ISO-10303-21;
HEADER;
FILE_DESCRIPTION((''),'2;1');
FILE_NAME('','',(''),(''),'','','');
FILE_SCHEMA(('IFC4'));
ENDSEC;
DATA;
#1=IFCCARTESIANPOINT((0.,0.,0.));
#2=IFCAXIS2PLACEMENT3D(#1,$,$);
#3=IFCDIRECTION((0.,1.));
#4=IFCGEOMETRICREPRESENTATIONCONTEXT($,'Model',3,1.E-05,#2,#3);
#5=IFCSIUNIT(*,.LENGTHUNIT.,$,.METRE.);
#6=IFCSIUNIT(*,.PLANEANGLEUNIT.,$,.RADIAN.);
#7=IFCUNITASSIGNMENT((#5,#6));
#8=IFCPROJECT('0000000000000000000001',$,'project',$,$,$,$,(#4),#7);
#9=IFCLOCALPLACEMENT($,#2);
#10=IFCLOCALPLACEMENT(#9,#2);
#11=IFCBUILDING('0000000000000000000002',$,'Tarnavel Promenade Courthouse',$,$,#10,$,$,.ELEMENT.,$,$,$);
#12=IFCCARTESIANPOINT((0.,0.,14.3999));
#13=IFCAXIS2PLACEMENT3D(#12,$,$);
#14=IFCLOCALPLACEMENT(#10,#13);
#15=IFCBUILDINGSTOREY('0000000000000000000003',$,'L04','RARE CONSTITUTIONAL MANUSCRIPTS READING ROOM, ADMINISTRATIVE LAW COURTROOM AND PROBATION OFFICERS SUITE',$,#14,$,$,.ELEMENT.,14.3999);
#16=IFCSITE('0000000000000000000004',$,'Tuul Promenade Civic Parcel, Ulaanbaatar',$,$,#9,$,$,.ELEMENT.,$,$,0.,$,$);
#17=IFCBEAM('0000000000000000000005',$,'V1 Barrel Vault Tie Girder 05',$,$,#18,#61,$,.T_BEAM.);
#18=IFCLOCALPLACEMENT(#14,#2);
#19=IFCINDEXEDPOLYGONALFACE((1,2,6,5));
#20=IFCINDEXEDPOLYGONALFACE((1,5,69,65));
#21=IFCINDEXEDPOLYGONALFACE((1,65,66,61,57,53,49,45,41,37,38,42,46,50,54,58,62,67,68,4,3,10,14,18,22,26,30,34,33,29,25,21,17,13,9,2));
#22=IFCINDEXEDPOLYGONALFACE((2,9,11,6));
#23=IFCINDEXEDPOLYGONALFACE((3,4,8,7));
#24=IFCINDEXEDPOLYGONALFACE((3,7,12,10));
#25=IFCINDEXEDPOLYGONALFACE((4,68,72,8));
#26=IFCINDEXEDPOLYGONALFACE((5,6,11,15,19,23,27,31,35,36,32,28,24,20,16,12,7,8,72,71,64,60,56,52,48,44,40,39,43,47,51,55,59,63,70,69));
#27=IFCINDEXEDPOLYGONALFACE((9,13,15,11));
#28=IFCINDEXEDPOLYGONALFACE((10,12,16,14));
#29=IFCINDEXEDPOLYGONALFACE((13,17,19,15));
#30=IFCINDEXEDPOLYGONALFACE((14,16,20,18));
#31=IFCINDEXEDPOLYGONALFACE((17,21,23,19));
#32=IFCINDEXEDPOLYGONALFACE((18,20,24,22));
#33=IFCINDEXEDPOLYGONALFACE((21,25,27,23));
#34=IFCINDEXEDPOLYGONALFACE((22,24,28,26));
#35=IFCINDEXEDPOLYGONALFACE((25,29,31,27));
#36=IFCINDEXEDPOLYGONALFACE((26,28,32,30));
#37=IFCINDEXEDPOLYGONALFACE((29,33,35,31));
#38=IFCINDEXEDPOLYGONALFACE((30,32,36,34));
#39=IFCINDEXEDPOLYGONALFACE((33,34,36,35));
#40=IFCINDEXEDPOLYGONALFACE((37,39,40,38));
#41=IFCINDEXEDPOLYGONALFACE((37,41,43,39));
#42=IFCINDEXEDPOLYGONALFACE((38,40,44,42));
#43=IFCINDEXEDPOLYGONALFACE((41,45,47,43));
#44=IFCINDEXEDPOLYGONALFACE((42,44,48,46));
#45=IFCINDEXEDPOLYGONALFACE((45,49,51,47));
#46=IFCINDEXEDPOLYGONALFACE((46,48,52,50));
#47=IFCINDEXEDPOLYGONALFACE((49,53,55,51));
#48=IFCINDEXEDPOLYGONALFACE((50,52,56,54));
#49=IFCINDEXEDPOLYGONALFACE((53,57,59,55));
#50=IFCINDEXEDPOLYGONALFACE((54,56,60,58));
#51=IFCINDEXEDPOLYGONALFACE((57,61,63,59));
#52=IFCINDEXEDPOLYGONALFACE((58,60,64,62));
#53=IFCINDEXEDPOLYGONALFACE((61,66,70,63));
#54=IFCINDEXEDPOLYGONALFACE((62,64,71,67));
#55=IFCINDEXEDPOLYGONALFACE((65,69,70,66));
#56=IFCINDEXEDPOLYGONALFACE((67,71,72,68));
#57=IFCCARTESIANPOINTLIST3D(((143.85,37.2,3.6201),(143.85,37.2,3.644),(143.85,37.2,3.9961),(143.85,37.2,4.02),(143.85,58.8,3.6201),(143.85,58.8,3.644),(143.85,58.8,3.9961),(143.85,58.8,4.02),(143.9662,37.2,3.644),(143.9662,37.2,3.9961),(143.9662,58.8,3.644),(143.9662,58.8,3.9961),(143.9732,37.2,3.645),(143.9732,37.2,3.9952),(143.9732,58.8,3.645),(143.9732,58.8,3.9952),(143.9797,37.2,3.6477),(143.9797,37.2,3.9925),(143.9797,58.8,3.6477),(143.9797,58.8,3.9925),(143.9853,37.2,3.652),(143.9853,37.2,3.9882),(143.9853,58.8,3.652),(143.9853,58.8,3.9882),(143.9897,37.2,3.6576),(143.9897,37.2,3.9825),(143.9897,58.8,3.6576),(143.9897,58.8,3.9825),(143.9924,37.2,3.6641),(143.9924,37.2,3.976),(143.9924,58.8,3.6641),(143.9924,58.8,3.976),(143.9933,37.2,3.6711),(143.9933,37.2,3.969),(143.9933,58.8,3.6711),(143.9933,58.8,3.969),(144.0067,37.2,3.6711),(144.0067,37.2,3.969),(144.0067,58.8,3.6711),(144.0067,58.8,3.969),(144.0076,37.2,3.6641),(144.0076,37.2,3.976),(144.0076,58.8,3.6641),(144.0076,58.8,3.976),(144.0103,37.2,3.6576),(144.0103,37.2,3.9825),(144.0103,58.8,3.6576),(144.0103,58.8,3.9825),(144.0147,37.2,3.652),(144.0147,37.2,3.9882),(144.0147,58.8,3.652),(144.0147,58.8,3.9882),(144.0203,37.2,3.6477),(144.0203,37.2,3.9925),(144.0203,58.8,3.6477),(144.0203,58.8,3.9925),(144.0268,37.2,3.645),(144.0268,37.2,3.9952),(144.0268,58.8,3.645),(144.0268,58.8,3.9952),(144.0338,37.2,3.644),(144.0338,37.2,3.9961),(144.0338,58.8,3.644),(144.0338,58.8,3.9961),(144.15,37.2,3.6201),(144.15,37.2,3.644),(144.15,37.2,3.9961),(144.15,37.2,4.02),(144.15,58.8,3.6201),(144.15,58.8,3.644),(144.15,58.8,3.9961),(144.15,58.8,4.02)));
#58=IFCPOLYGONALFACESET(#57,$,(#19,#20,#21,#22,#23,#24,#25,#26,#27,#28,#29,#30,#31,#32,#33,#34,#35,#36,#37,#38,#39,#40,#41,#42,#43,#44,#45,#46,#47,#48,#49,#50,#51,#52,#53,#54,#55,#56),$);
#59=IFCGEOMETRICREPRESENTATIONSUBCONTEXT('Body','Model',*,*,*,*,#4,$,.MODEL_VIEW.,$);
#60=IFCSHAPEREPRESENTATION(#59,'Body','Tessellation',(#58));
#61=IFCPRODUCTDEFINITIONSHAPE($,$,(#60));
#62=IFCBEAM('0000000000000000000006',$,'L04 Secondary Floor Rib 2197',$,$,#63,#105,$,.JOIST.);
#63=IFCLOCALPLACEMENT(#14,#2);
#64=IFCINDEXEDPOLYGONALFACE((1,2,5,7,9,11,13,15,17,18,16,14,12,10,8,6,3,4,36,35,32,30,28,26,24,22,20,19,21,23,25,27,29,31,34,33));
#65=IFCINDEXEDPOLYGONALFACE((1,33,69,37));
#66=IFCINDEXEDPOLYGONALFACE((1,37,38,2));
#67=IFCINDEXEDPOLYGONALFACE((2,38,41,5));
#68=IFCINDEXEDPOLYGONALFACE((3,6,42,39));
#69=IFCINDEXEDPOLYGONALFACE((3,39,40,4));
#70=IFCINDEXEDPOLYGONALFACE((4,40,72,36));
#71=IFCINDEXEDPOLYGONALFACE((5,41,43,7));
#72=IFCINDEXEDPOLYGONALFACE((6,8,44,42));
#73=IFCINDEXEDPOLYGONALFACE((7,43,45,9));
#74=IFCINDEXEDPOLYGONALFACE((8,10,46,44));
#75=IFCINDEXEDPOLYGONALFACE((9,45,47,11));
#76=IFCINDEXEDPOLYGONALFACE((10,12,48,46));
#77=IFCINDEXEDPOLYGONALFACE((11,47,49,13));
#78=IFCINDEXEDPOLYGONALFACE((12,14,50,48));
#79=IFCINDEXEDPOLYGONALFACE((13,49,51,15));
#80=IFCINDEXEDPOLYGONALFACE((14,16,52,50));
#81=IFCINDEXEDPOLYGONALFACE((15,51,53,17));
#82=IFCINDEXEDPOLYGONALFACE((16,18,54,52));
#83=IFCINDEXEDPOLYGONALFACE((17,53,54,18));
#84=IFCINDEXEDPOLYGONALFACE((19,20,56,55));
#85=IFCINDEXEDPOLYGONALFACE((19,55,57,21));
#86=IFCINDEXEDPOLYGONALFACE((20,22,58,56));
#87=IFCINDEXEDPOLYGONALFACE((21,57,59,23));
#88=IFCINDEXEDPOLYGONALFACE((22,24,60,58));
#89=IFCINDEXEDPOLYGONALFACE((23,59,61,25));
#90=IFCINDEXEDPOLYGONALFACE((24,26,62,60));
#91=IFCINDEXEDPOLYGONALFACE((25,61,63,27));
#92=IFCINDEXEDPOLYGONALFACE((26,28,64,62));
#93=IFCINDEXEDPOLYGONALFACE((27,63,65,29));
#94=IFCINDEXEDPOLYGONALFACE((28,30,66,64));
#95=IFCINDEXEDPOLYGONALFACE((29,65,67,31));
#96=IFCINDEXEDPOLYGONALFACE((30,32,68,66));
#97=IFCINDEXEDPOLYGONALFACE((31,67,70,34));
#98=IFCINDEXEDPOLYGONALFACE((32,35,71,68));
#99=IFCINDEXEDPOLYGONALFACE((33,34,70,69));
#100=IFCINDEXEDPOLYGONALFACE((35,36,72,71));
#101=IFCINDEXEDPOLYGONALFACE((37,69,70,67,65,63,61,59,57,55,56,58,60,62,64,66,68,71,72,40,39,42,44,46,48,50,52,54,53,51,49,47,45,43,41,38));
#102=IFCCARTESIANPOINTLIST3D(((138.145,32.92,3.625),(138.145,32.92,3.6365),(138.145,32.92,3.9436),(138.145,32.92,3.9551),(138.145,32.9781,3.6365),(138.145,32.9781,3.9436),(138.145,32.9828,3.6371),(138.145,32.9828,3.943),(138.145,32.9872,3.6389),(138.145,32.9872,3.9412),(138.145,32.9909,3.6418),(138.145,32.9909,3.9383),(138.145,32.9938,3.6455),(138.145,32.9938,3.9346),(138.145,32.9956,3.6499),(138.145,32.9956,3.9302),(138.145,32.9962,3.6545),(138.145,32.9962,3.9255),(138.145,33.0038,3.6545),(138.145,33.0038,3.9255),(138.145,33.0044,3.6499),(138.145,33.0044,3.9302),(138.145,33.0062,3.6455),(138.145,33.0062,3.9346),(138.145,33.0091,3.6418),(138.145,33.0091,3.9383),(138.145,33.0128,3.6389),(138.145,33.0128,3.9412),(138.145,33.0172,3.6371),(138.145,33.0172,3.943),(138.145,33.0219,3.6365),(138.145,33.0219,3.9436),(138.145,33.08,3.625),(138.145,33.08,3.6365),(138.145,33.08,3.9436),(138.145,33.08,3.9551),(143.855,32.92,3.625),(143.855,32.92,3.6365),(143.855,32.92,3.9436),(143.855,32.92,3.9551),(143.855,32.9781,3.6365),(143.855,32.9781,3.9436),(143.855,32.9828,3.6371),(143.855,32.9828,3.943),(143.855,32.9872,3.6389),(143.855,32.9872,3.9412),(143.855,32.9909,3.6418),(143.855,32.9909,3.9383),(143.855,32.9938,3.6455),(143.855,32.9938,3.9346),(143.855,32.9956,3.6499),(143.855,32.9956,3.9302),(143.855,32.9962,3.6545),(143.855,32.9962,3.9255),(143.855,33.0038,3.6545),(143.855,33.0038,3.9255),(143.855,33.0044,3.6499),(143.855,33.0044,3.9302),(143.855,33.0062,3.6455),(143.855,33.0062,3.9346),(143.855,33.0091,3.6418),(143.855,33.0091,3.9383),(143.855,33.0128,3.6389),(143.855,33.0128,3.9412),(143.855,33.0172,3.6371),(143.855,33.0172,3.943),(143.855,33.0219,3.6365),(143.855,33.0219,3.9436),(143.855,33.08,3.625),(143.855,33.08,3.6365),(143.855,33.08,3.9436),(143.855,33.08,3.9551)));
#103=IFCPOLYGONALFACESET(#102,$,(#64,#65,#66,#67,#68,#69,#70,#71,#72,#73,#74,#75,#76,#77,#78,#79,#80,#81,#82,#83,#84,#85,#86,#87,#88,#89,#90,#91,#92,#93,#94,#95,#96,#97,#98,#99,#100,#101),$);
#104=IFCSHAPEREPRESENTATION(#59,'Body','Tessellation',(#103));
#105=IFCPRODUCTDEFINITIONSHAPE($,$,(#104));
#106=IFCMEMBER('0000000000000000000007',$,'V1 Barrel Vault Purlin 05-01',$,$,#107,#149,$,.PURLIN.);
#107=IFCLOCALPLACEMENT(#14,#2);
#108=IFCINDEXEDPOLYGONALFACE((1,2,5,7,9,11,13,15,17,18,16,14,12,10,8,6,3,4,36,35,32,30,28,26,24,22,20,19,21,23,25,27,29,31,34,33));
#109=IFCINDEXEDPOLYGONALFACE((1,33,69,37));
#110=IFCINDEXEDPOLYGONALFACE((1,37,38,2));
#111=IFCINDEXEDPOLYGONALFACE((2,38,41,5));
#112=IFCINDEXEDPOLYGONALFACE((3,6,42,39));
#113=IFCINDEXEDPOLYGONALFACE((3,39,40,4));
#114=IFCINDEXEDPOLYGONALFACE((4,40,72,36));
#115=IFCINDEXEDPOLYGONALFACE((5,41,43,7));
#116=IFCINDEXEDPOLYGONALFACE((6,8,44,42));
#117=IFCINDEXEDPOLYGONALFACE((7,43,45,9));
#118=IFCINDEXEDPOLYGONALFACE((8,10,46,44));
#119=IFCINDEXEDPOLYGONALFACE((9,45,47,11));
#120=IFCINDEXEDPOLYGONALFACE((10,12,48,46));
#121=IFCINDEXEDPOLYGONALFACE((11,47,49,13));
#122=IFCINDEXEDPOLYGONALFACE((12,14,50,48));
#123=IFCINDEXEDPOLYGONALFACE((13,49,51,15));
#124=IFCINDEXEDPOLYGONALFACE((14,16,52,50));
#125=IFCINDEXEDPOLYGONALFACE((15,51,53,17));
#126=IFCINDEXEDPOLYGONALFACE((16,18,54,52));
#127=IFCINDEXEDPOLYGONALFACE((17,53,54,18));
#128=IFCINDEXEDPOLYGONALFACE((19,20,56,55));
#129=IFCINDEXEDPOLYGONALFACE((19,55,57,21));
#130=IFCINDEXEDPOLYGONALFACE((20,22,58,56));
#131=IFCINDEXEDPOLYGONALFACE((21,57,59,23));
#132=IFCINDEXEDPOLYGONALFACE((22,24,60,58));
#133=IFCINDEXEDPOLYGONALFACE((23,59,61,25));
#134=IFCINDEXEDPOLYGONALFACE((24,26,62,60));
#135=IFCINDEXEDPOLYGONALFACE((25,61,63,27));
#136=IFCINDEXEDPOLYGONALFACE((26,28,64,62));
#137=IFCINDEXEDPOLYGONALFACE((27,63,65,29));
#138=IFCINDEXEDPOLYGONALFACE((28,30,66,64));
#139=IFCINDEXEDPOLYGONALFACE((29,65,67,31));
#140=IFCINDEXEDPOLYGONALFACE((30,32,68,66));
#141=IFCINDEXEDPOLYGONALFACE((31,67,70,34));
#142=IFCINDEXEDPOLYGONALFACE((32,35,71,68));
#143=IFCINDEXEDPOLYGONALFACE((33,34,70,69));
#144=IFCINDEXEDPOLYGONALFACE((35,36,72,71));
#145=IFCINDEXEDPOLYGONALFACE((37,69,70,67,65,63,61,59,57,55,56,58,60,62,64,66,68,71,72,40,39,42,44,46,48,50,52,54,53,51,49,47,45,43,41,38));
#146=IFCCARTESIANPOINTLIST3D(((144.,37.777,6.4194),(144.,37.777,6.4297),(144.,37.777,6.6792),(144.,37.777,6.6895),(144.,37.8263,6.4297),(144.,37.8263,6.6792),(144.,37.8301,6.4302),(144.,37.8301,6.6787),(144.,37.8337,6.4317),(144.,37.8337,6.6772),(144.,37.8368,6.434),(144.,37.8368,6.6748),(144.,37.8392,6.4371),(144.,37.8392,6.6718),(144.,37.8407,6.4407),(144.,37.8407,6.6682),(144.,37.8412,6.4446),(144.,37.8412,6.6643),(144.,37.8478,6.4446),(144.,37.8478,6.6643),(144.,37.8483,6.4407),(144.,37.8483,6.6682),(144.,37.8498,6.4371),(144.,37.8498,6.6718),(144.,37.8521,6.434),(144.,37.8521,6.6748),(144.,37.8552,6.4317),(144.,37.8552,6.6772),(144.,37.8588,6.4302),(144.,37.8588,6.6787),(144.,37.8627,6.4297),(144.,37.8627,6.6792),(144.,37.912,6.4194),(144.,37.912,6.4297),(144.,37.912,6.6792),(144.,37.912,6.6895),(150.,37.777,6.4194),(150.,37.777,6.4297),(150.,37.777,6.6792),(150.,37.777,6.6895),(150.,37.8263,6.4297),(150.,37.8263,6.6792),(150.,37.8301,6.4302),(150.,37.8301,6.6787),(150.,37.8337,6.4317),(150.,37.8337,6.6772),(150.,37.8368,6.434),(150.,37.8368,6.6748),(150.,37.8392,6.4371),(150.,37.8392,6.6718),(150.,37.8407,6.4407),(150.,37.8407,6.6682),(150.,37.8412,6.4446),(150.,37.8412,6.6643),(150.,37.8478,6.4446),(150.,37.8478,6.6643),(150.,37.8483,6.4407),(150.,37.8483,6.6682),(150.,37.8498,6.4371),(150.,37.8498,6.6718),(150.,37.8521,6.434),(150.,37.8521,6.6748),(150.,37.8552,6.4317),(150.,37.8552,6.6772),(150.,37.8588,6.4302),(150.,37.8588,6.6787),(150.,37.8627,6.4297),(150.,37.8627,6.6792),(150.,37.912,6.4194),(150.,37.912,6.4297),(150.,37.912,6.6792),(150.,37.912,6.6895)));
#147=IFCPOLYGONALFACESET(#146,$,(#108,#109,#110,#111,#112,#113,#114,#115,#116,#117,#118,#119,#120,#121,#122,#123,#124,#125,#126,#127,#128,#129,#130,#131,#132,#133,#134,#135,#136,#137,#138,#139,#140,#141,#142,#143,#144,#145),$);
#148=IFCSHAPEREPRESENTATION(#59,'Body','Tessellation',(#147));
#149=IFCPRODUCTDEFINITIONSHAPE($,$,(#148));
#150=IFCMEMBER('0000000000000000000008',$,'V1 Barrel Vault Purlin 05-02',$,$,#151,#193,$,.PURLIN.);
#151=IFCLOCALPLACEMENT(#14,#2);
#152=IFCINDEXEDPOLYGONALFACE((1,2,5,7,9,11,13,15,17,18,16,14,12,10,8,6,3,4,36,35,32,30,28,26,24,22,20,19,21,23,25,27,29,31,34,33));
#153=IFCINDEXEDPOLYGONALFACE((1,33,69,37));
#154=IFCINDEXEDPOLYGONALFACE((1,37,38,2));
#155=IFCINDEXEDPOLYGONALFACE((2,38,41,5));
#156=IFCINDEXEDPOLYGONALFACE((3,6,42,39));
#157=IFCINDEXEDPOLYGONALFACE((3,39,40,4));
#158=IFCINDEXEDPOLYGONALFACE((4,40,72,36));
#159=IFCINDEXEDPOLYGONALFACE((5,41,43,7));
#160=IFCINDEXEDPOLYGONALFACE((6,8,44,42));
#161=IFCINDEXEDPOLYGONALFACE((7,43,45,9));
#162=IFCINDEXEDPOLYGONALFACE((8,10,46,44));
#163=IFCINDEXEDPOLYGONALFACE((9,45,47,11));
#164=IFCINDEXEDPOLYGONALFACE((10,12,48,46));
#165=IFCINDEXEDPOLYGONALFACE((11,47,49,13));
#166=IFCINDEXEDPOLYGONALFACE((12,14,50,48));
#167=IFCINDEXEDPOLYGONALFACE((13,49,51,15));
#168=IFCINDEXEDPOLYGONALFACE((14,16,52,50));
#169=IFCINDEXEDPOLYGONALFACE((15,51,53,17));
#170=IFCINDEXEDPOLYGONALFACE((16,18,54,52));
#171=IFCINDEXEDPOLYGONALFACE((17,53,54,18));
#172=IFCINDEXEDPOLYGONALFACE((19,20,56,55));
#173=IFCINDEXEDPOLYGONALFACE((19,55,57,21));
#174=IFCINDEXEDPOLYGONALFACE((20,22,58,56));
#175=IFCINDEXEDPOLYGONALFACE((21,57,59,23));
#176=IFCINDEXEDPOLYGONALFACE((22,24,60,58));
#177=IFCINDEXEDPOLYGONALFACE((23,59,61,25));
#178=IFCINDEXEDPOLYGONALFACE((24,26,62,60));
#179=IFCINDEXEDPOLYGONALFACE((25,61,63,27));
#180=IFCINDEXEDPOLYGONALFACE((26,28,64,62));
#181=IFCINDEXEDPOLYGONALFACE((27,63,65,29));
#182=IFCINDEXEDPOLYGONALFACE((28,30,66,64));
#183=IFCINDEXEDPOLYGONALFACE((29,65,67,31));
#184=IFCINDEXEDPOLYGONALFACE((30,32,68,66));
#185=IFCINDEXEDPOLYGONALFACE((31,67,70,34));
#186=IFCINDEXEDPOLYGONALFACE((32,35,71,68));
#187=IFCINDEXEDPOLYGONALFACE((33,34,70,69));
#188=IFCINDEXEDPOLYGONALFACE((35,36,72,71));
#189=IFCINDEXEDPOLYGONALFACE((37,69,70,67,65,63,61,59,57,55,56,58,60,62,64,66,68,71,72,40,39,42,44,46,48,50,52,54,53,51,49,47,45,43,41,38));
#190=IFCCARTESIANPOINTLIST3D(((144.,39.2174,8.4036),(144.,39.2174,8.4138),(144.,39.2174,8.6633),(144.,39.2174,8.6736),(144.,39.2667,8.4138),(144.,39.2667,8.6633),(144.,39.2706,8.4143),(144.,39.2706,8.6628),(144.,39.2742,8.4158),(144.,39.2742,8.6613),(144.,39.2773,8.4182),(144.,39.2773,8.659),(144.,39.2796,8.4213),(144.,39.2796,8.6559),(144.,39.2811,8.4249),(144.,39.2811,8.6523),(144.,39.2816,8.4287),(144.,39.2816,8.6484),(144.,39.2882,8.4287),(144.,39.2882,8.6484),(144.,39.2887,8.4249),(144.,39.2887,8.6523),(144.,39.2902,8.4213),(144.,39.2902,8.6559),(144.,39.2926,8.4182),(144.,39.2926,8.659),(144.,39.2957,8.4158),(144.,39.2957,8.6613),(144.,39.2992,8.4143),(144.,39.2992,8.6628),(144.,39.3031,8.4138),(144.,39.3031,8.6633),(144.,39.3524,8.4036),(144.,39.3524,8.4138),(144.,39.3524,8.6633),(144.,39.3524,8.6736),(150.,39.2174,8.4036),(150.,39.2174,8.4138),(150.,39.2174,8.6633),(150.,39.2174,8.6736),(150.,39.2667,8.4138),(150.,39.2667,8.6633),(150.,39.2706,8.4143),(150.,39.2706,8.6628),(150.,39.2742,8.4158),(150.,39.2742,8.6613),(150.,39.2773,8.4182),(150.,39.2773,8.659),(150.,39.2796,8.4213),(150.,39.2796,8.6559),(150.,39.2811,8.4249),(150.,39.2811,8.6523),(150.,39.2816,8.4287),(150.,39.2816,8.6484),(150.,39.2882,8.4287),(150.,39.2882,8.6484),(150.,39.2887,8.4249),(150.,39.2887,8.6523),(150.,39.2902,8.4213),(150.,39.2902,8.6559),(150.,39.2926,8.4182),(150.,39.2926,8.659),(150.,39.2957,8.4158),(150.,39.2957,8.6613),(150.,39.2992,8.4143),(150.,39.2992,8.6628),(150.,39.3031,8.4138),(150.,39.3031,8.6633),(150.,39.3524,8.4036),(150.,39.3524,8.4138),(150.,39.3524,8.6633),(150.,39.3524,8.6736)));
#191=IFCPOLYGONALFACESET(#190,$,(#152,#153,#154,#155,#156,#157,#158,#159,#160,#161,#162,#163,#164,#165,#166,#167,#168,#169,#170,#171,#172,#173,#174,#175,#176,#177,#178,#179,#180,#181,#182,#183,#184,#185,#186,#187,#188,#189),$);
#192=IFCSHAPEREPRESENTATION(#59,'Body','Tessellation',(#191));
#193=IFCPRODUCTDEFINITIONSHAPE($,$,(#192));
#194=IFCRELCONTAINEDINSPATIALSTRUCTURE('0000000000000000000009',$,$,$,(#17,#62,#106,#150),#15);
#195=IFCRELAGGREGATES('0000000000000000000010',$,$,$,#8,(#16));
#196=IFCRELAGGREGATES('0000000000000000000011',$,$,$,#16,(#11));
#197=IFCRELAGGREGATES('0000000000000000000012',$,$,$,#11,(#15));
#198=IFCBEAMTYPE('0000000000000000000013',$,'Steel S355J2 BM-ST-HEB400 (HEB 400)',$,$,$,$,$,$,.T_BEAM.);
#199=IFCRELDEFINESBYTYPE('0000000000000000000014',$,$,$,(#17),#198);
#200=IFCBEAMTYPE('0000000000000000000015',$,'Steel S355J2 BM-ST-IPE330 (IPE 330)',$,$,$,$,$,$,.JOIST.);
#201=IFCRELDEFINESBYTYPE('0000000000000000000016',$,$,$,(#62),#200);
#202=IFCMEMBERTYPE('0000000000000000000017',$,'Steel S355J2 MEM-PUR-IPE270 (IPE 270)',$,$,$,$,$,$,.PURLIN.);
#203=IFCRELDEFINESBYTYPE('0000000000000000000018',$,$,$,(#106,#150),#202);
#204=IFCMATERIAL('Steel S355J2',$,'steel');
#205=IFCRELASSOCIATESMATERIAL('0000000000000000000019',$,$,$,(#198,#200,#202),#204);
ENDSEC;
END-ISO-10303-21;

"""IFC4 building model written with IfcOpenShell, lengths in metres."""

from ifc_helpers import new_model, si_unit, direction, frame, origin, origin_2d, place, context, subcontext, project, spatial, i_section, extrude, material, material_profile, profile_set, type_object, element, save


model = new_model("IFC4")

# Units and contexts
model_context = context("Model", 3, precision=1e-05, world=origin(), true_north=direction((0.0, 1.0)))
body_context = subcontext(model_context, "Body", "Model", "MODEL_VIEW")
ifc_project = project(units=[si_unit("LENGTHUNIT", "METRE"), si_unit("PLANEANGLEUNIT", "RADIAN")], contexts=[model_context])

# Site, building, storey
site_placement = place(None, origin())
site = spatial("IfcSite", under=ifc_project, at=site_placement, Name="Tuul Promenade Civic Parcel, Ulaanbaatar", CompositionType="ELEMENT", RefElevation=0.0)
building_placement = place(site_placement, origin())
building = spatial("IfcBuilding", under=site, at=building_placement, Name="Tarnavel Promenade Courthouse", CompositionType="ELEMENT")
storey_placement = place(building_placement, frame((0.0, 0.0, 14.3999)))
storey = spatial("IfcBuildingStorey", under=building, at=storey_placement, Name="L04", Description="RARE CONSTITUTIONAL MANUSCRIPTS READING ROOM, ADMINISTRATIVE LAW COURTROOM AND PROBATION OFFICERS SUITE", CompositionType="ELEMENT", Elevation=14.3999)

# Beams
ifc_material_1 = material(Name="Steel S355J2", Category="steel")
ifc_material_profile_1 = material_profile(ifc_material_1, i_section(OverallWidth=0.3, OverallDepth=0.3999, WebThickness=0.0134, FlangeThickness=0.0239, FilletRadius=0.0271, at=origin_2d()), Name="HEB 400")
ifc_profile_set_1 = profile_set([ifc_material_profile_1], Name="Steel S355J2")
beam_type_1 = type_object("IfcBeamType", Name="Steel S355J2 BM-ST-HEB400 (HEB 400)", PredefinedType="T_BEAM", material=ifc_profile_set_1)
beam_1_placement = place(storey_placement, frame((144.0, 37.2, 3.8201), z_axis=(0.0, 1.0, 0.0), x_axis=(-1.0, 0.0, 0.0)))
element("IfcBeam", 1, at=beam_1_placement, inside=storey, type_object=beam_type_1, Name="V1 Barrel Vault Tie Girder 05", PredefinedType="T_BEAM", context=body_context, shape_type="SweptSolid", body=[
    extrude(i_section(OverallWidth=0.3, OverallDepth=0.3999, WebThickness=0.0134, FlangeThickness=0.0239, FilletRadius=0.0271, at=origin_2d()), origin(), (0.0, 0.0, 1.0), 21.6001),
])
ifc_material_profile_2 = material_profile(ifc_material_1, i_section(OverallWidth=0.1599, OverallDepth=0.3301, WebThickness=0.0076, FlangeThickness=0.0115, FilletRadius=0.0181, at=origin_2d()), Name="IPE 330")
ifc_profile_set_2 = profile_set([ifc_material_profile_2], Name="Steel S355J2")
beam_type_2 = type_object("IfcBeamType", Name="Steel S355J2 BM-ST-IPE330 (IPE 330)", PredefinedType="JOIST", material=ifc_profile_set_2)
beam_2_placement = place(storey_placement, frame((138.145, 33.0, 3.79), z_axis=(1.0, 0.0, 0.0), x_axis=(0.0, 1.0, 0.0)))
element("IfcBeam", 2, at=beam_2_placement, inside=storey, type_object=beam_type_2, Name="L04 Secondary Floor Rib 2197", PredefinedType="JOIST", context=body_context, shape_type="SweptSolid", body=[
    extrude(i_section(OverallWidth=0.1599, OverallDepth=0.3301, WebThickness=0.0076, FlangeThickness=0.0115, FilletRadius=0.0181, at=origin_2d()), origin(), (0.0, 0.0, 1.0), 5.71),
])

# Members
ifc_material_profile_3 = material_profile(ifc_material_1, i_section(OverallWidth=0.135, OverallDepth=0.27, WebThickness=0.0066, FlangeThickness=0.0103, FilletRadius=0.0149, at=origin_2d()), Name="IPE 270")
ifc_profile_set_3 = profile_set([ifc_material_profile_3], Name="Steel S355J2")
member_type_1 = type_object("IfcMemberType", Name="Steel S355J2 MEM-PUR-IPE270 (IPE 270)", PredefinedType="PURLIN", material=ifc_profile_set_3)
for number, where, z_axis, x_axis, name in (
    (3, (144.0, 37.8445, 6.5544), (1.0, 0.0, 0.0), (0.0, 1.0, 0.0), "V1 Barrel Vault Purlin 05-01"),
    (4, (144.0, 39.2849, 8.5386), (1.0, 0.0, 0.0), (0.0, 1.0, 0.0), "V1 Barrel Vault Purlin 05-02"),
):
    element("IfcMember", number, at=place(storey_placement, frame(where, z_axis=z_axis, x_axis=x_axis)), inside=storey, type_object=member_type_1, Name=name, PredefinedType="PURLIN", context=body_context, shape_type="SweptSolid", body=[
        extrude(i_section(OverallWidth=0.135, OverallDepth=0.27, WebThickness=0.0066, FlangeThickness=0.0103, FilletRadius=0.0149, at=origin_2d()), origin(), (0.0, 0.0, 1.0), 6.0),
    ])

save(model, "model.ifc")
